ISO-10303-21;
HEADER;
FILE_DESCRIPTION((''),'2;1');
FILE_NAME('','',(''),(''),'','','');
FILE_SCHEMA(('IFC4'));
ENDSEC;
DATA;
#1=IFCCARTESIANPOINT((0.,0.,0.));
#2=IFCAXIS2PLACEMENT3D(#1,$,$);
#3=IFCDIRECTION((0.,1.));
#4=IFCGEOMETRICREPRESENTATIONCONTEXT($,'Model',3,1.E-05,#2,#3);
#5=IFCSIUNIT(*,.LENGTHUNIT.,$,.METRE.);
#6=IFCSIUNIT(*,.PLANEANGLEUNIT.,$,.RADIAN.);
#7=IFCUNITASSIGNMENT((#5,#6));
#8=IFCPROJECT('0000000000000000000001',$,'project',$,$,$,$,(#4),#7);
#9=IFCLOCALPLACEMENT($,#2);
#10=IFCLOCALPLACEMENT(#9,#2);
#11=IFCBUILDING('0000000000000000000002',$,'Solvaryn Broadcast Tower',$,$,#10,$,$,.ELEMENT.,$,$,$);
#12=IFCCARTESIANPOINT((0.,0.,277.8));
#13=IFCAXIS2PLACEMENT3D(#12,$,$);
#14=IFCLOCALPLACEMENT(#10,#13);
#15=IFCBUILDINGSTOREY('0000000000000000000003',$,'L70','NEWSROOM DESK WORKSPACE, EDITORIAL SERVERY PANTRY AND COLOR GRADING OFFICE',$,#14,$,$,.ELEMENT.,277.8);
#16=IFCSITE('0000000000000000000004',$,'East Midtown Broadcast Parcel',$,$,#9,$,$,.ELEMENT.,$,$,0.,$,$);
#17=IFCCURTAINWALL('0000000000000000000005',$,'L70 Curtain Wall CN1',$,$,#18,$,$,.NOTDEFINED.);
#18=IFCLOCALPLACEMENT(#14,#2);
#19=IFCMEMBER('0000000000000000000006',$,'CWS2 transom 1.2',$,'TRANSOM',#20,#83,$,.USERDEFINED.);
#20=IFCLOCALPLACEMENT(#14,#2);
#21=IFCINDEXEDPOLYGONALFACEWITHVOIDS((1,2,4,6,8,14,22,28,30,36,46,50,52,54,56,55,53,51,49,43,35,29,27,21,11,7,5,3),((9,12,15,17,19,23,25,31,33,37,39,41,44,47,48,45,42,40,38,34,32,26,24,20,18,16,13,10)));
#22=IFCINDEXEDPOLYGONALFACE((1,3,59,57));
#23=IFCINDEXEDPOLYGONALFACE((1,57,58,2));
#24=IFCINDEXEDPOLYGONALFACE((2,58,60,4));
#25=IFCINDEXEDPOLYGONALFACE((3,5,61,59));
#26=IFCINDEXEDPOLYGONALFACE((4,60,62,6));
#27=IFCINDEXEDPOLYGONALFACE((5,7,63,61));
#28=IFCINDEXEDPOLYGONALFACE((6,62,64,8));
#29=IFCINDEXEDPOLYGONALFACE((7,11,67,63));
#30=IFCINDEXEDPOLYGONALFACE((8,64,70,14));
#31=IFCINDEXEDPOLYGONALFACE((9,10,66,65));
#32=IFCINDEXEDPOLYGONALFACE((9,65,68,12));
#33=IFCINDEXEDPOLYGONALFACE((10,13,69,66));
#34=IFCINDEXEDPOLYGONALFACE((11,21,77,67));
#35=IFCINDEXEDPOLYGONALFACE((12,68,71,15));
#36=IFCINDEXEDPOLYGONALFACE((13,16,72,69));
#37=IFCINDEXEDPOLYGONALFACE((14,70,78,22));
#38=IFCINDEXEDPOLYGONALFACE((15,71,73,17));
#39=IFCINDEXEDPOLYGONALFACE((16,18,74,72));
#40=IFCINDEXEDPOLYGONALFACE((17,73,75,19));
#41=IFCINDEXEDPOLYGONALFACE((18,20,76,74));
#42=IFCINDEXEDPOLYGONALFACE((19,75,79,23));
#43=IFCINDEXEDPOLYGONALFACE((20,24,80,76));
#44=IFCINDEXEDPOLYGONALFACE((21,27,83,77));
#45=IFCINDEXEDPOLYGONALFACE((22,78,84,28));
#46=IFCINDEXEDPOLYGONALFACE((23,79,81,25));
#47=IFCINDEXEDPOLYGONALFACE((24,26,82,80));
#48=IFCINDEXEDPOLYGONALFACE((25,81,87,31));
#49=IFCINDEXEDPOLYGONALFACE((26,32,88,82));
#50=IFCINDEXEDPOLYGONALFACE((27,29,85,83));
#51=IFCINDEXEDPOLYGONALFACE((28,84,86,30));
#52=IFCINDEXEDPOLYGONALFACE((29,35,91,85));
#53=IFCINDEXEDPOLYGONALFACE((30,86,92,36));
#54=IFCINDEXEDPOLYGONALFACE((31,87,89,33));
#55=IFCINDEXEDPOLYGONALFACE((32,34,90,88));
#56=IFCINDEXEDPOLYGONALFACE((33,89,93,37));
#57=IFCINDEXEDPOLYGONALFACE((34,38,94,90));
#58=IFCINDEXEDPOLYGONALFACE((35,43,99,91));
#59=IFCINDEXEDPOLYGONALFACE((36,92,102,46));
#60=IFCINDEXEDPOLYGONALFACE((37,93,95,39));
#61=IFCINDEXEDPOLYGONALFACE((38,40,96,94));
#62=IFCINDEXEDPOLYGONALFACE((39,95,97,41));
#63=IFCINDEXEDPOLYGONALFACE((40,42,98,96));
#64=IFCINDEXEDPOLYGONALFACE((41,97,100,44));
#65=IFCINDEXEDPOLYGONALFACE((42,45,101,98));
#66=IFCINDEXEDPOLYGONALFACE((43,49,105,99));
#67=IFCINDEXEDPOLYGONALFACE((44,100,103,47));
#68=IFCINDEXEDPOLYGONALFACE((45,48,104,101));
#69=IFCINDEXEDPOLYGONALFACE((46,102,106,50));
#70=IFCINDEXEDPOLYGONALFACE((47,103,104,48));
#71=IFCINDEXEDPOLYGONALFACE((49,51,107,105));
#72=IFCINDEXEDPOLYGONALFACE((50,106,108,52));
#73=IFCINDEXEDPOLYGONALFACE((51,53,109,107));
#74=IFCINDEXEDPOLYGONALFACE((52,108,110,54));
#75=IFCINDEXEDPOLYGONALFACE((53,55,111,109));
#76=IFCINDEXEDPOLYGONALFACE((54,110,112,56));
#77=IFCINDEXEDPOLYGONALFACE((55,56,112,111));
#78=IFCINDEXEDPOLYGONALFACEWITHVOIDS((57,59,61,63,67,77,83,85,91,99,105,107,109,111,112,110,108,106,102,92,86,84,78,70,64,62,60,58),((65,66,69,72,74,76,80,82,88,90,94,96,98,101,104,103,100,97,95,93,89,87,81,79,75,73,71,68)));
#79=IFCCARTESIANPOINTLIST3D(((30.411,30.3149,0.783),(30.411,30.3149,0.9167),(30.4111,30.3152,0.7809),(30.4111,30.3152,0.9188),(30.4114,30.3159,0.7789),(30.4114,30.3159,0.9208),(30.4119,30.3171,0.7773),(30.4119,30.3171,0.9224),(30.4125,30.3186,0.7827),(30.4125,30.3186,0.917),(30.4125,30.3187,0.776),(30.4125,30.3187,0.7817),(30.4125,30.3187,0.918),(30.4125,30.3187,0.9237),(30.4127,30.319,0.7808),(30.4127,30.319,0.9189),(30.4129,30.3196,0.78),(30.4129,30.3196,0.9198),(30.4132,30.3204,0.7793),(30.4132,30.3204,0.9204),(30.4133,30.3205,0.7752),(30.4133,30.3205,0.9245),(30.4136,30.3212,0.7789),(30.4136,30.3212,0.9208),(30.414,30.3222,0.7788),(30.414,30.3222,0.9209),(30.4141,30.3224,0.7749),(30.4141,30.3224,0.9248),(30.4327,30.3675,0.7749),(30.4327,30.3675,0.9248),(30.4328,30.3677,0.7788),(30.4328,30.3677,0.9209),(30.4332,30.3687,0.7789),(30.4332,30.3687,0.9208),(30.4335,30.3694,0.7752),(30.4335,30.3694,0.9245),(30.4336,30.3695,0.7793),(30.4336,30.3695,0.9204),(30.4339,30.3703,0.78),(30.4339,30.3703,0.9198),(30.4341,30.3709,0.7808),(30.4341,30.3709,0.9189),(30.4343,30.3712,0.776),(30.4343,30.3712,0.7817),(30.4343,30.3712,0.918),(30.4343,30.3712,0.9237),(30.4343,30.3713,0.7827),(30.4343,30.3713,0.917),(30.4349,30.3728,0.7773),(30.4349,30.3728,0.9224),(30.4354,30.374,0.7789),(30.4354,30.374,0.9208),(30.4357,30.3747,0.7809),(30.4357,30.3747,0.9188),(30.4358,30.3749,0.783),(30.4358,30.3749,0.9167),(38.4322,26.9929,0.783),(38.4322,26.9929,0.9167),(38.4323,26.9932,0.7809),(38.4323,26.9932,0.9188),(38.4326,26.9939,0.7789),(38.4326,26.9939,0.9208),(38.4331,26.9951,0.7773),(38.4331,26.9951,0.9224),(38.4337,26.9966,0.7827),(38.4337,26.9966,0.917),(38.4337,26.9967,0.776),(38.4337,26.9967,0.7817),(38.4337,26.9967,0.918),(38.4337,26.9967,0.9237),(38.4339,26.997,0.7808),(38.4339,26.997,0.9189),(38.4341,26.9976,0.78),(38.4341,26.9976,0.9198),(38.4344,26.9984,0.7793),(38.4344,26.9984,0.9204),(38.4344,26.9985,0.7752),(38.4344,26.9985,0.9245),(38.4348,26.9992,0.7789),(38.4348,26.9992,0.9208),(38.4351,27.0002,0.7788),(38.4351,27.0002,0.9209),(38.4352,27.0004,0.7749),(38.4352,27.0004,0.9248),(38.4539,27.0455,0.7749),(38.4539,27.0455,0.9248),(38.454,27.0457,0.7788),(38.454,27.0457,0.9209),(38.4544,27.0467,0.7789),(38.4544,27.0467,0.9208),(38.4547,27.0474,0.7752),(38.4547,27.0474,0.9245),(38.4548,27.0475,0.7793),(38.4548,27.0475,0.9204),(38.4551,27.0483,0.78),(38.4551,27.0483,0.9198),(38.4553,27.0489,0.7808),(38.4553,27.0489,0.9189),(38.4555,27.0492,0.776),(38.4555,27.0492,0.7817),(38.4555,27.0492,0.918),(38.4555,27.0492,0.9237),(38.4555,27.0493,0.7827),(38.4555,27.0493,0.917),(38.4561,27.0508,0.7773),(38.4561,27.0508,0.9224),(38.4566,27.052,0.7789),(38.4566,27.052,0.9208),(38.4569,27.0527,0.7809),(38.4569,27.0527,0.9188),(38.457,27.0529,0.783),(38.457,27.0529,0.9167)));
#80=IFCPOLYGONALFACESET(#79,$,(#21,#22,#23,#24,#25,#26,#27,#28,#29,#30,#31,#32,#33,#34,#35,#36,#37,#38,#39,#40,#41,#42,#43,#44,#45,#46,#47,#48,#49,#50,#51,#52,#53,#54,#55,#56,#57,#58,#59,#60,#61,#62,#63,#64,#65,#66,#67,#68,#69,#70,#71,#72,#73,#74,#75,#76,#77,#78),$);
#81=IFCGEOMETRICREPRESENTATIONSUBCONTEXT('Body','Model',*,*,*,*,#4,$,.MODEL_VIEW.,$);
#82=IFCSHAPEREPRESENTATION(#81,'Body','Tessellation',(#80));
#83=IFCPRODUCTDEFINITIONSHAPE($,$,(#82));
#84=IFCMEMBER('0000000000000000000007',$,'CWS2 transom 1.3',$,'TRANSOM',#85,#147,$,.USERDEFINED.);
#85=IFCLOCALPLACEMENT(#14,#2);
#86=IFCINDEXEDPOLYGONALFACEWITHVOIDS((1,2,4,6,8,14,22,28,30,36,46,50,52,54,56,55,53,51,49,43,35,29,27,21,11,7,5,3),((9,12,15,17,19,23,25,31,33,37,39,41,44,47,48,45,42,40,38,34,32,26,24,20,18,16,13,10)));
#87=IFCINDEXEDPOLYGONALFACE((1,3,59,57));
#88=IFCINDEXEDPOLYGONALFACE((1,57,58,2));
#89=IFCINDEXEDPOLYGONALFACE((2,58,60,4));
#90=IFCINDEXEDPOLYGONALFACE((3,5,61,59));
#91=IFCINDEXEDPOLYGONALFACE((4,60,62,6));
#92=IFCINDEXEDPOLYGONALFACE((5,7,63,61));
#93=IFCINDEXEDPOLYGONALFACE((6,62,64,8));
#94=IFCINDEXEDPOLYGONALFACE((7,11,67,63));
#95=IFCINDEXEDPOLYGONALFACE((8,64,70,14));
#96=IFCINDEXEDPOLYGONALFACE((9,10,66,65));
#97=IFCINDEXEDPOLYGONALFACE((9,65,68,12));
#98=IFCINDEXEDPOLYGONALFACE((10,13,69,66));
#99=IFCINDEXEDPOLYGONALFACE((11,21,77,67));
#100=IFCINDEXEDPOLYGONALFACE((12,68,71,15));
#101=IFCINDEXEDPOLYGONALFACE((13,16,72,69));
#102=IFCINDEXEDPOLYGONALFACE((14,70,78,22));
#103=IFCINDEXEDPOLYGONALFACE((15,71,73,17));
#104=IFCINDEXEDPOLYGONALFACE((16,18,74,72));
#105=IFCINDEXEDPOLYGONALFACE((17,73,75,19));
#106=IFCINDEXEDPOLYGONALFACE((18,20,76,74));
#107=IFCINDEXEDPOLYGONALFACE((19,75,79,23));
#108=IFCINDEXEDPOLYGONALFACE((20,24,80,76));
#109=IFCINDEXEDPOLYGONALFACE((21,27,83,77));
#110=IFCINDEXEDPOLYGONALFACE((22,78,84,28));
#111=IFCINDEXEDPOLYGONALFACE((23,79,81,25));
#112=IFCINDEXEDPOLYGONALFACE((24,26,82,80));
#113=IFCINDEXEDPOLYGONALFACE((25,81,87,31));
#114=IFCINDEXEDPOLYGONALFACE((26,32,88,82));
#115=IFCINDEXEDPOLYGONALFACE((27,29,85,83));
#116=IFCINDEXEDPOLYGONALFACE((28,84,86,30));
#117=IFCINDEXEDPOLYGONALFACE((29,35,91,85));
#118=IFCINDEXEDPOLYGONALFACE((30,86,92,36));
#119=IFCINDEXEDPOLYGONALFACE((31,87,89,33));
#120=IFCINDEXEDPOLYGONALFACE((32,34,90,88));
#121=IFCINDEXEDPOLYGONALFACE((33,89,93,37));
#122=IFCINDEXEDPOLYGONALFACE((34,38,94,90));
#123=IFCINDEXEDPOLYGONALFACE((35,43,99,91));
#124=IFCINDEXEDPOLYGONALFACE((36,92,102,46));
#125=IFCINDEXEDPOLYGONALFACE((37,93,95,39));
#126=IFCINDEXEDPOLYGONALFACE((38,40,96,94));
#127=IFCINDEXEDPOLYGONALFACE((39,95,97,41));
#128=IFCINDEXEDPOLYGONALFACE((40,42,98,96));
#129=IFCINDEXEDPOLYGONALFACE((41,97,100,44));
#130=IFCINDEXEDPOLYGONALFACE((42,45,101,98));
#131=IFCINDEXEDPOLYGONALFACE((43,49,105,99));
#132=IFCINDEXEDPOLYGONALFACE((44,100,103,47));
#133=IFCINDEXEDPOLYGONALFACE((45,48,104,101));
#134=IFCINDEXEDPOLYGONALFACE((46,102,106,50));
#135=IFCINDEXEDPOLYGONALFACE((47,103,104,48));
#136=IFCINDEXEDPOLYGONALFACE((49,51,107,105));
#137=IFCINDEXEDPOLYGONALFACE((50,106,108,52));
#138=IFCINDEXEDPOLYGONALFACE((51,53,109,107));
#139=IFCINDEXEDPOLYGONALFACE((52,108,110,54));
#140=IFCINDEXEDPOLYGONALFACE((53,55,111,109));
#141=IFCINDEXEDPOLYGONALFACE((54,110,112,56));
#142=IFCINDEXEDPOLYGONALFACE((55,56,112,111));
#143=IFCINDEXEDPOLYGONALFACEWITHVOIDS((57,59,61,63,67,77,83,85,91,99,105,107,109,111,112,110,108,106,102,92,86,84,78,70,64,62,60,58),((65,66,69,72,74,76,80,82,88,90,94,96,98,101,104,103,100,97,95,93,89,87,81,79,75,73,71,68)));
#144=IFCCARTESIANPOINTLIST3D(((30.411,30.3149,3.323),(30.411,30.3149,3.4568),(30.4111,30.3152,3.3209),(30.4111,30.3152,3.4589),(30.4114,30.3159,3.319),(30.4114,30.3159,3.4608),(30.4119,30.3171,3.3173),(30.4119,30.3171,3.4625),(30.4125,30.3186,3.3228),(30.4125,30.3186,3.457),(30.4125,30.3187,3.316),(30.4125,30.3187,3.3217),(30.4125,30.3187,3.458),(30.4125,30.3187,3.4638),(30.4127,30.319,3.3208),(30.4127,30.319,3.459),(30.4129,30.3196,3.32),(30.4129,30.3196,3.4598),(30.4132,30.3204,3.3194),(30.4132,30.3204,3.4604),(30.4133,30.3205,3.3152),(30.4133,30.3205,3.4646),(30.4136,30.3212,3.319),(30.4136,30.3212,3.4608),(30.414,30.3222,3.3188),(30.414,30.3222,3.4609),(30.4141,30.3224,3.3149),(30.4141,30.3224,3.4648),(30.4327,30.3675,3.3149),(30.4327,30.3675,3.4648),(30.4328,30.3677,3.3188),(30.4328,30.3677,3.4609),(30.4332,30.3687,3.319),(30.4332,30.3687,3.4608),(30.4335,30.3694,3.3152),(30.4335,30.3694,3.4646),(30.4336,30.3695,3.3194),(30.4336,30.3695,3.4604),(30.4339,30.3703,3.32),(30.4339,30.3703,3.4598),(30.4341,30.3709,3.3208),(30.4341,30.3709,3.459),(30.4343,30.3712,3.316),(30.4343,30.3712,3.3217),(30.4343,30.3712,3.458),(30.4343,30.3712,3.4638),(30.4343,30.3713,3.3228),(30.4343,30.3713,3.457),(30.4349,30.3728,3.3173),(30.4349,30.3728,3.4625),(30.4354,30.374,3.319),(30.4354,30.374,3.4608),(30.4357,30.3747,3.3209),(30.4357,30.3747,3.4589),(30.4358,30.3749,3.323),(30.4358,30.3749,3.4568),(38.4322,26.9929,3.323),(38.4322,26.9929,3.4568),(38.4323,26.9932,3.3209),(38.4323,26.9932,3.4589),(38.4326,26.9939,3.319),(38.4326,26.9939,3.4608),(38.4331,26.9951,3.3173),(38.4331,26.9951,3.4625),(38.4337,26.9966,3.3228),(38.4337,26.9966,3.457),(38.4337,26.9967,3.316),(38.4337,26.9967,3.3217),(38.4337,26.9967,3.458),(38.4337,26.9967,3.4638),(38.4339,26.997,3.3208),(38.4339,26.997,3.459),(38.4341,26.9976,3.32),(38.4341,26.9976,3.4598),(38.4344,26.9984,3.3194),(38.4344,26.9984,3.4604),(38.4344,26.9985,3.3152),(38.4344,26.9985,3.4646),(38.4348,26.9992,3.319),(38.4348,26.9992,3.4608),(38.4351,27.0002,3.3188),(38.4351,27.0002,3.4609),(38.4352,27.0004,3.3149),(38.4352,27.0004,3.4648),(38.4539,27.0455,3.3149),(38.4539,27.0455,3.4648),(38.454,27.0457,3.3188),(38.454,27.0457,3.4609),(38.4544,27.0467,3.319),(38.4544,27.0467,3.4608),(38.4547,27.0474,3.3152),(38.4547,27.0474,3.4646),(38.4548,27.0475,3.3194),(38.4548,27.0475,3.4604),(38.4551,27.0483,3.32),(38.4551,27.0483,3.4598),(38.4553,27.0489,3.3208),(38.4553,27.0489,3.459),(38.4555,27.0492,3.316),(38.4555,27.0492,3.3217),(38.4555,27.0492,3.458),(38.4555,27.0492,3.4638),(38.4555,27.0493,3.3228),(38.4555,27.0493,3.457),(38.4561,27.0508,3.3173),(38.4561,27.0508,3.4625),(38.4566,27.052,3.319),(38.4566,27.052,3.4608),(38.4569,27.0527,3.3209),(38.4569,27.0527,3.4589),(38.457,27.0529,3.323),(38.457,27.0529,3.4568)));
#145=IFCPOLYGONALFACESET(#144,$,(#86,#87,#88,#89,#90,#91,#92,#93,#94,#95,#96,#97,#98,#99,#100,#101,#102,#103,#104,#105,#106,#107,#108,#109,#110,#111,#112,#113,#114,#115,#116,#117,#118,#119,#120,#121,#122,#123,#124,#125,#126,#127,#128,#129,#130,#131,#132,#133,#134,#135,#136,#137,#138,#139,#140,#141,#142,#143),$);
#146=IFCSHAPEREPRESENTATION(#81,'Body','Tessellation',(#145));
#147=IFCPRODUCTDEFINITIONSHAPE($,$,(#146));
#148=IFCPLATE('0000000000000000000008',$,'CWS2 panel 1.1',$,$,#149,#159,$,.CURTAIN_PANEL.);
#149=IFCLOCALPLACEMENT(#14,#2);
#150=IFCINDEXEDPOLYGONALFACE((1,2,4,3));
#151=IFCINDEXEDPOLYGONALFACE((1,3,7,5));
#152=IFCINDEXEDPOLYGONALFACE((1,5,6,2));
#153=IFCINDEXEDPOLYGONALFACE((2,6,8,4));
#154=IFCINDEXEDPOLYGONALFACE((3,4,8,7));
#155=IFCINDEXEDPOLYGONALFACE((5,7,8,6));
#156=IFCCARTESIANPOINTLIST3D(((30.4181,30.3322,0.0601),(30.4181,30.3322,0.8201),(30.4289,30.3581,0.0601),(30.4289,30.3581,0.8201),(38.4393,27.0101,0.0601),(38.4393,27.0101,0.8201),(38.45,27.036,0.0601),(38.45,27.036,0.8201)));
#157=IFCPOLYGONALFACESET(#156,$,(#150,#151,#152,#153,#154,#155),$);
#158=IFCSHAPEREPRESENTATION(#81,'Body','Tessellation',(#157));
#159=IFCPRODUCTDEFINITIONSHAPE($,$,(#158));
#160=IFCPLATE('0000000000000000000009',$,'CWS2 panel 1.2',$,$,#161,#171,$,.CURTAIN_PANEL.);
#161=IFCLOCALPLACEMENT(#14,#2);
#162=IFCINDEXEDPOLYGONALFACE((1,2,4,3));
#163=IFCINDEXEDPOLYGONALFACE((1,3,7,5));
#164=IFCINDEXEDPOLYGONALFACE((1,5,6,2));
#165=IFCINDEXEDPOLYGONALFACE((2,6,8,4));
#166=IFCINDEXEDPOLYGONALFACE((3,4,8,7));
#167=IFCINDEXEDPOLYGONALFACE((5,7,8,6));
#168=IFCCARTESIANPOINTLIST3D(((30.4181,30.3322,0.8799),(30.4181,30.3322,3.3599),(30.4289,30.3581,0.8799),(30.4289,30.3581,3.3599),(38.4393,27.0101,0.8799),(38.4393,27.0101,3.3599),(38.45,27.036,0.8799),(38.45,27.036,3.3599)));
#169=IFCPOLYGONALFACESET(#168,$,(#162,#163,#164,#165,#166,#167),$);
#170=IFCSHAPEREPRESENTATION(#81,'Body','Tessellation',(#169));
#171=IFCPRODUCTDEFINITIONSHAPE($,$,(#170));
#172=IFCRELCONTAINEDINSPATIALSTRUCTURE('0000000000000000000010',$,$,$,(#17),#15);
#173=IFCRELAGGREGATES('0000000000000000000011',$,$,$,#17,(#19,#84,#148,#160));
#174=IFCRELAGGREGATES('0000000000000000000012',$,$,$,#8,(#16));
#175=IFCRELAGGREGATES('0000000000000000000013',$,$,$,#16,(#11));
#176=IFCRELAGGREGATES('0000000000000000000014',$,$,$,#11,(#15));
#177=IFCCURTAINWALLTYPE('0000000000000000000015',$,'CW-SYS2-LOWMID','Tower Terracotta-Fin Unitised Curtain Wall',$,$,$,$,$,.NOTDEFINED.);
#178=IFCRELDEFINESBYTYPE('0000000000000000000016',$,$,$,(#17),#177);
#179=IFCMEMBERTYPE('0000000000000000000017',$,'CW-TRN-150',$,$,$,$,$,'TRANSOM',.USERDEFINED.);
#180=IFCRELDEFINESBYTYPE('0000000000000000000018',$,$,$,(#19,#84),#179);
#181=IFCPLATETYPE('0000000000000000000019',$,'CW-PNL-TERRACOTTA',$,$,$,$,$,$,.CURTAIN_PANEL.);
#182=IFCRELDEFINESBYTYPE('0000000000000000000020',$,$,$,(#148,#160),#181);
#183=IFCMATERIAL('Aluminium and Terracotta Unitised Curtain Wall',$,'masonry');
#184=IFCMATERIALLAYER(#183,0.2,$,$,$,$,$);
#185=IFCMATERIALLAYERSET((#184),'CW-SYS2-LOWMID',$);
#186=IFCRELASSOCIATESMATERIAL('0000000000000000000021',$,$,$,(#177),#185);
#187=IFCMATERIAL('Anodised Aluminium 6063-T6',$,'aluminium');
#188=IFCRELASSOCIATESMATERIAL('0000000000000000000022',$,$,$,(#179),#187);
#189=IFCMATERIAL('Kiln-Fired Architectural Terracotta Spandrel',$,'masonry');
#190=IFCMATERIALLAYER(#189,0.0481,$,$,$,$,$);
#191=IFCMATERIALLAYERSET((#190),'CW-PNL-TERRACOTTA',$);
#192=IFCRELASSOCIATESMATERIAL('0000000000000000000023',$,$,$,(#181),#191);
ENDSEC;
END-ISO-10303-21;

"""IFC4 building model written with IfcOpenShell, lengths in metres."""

from ifc_helpers import new_model, si_unit, direction, frame, origin, origin_2d, place, context, subcontext, project, spatial, rectangle, hollow_rectangle, extrude, material, layer, layer_set, material_profile, profile_set, type_object, element, aggregate, save


model = new_model("IFC4")

# Units and contexts
model_context = context("Model", 3, precision=1e-05, world=origin(), true_north=direction((0.0, 1.0)))
body_context = subcontext(model_context, "Body", "Model", "MODEL_VIEW")
ifc_project = project(units=[si_unit("LENGTHUNIT", "METRE"), si_unit("PLANEANGLEUNIT", "RADIAN")], contexts=[model_context])

# Site, building, storey
site_placement = place(None, origin())
site = spatial("IfcSite", under=ifc_project, at=site_placement, Name="East Midtown Broadcast Parcel", CompositionType="ELEMENT", RefElevation=0.0)
building_placement = place(site_placement, origin())
building = spatial("IfcBuilding", under=site, at=building_placement, Name="Solvaryn Broadcast Tower", CompositionType="ELEMENT")
storey_placement = place(building_placement, frame((0.0, 0.0, 277.8)))
storey = spatial("IfcBuildingStorey", under=building, at=storey_placement, Name="L70", Description="NEWSROOM DESK WORKSPACE, EDITORIAL SERVERY PANTRY AND COLOR GRADING OFFICE", CompositionType="ELEMENT", Elevation=277.8)

# Curtain wall, members, plates
ifc_material_1 = material(Name="Aluminium and Terracotta Unitised Curtain Wall", Category="masonry")
ifc_layer_1 = layer(ifc_material_1, 0.2)
ifc_layer_set_1 = layer_set([ifc_layer_1], Name="CW-SYS2-LOWMID")
curtain_wall_type = type_object("IfcCurtainWallType", Name="CW-SYS2-LOWMID", Description="Tower Terracotta-Fin Unitised Curtain Wall", PredefinedType="NOTDEFINED", material=ifc_layer_set_1)
curtain_wall_placement = place(storey_placement, origin())
curtain_wall = element("IfcCurtainWall", 1, at=curtain_wall_placement, inside=storey, type_object=curtain_wall_type, Name="L70 Curtain Wall CN1", PredefinedType="NOTDEFINED")
ifc_material_2 = material(Name="Anodised Aluminium 6063-T6", Category="aluminium")
ifc_material_profile_1 = material_profile(ifc_material_2, hollow_rectangle(XDim=0.0649, YDim=0.1499, WallThickness=0.0039, InnerFilletRadius=0.0039, OuterFilletRadius=0.0081, at=origin_2d()))
ifc_profile_set_1 = profile_set([ifc_material_profile_1], Name="Anodised Aluminium 6063-T6")
member_type_1 = type_object("IfcMemberType", Name="CW-TRN-150", ElementType="TRANSOM", PredefinedType="USERDEFINED", material=ifc_profile_set_1)
member_1_placement = place(storey_placement, frame((38.4446, 27.0229, 0.8499), z_axis=(-0.923899, 0.382636, 0.0), x_axis=(-0.382636, -0.923899, 0.0)))
member_1 = element("IfcMember", 2, at=member_1_placement, type_object=member_type_1, Name="CWS2 transom 1.2", ObjectType="TRANSOM", PredefinedType="USERDEFINED", context=body_context, shape_type="SweptSolid", body=[
    extrude(hollow_rectangle(XDim=0.0649, YDim=0.1499, WallThickness=0.0039, InnerFilletRadius=0.0039, OuterFilletRadius=0.0081, at=origin_2d()), origin(), (0.0, 0.0, 1.0), 8.6819),
])
member_2_placement = place(storey_placement, frame((38.4446, 27.0229, 3.3899), z_axis=(-0.923899, 0.382636, 0.0), x_axis=(-0.382636, -0.923899, 0.0)))
member_2 = element("IfcMember", 3, at=member_2_placement, type_object=member_type_1, Name="CWS2 transom 1.3", ObjectType="TRANSOM", PredefinedType="USERDEFINED", context=body_context, shape_type="SweptSolid", body=[
    extrude(hollow_rectangle(XDim=0.0649, YDim=0.1499, WallThickness=0.0039, InnerFilletRadius=0.0039, OuterFilletRadius=0.0081, at=origin_2d()), origin(), (0.0, 0.0, 1.0), 8.6819),
])
ifc_material_3 = material(Name="Kiln-Fired Architectural Terracotta Spandrel", Category="masonry")
ifc_layer_2 = layer(ifc_material_3, 0.0481)
ifc_layer_set_2 = layer_set([ifc_layer_2], Name="CW-PNL-TERRACOTTA")
plate_type = type_object("IfcPlateType", Name="CW-PNL-TERRACOTTA", PredefinedType="CURTAIN_PANEL", material=ifc_layer_set_2)
plate_1_placement = place(storey_placement, frame((34.4341, 28.6841, 0.0601), z_axis=(0.0, 0.0, 1.0), x_axis=(-0.923895, 0.382646, 0.0)))
plate_1 = element("IfcPlate", 4, at=plate_1_placement, type_object=plate_type, Name="CWS2 panel 1.1", PredefinedType="CURTAIN_PANEL", context=body_context, shape_type="SweptSolid", body=[
    extrude(rectangle(XDim=8.6819, YDim=0.0281, at=origin_2d()), origin(), (0.0, 0.0, 1.0), 0.76),
])
plate_2_placement = place(storey_placement, frame((34.4341, 28.6841, 0.8799), z_axis=(0.0, 0.0, 1.0), x_axis=(-0.923895, 0.382646, 0.0)))
plate_2 = element("IfcPlate", 5, at=plate_2_placement, type_object=plate_type, Name="CWS2 panel 1.2", PredefinedType="CURTAIN_PANEL", context=body_context, shape_type="SweptSolid", body=[
    extrude(rectangle(XDim=8.6819, YDim=0.0281, at=origin_2d()), origin(), (0.0, 0.0, 1.0), 2.48),
])
aggregate(curtain_wall, [member_1, member_2, plate_1, plate_2])

save(model, "model.ifc")
